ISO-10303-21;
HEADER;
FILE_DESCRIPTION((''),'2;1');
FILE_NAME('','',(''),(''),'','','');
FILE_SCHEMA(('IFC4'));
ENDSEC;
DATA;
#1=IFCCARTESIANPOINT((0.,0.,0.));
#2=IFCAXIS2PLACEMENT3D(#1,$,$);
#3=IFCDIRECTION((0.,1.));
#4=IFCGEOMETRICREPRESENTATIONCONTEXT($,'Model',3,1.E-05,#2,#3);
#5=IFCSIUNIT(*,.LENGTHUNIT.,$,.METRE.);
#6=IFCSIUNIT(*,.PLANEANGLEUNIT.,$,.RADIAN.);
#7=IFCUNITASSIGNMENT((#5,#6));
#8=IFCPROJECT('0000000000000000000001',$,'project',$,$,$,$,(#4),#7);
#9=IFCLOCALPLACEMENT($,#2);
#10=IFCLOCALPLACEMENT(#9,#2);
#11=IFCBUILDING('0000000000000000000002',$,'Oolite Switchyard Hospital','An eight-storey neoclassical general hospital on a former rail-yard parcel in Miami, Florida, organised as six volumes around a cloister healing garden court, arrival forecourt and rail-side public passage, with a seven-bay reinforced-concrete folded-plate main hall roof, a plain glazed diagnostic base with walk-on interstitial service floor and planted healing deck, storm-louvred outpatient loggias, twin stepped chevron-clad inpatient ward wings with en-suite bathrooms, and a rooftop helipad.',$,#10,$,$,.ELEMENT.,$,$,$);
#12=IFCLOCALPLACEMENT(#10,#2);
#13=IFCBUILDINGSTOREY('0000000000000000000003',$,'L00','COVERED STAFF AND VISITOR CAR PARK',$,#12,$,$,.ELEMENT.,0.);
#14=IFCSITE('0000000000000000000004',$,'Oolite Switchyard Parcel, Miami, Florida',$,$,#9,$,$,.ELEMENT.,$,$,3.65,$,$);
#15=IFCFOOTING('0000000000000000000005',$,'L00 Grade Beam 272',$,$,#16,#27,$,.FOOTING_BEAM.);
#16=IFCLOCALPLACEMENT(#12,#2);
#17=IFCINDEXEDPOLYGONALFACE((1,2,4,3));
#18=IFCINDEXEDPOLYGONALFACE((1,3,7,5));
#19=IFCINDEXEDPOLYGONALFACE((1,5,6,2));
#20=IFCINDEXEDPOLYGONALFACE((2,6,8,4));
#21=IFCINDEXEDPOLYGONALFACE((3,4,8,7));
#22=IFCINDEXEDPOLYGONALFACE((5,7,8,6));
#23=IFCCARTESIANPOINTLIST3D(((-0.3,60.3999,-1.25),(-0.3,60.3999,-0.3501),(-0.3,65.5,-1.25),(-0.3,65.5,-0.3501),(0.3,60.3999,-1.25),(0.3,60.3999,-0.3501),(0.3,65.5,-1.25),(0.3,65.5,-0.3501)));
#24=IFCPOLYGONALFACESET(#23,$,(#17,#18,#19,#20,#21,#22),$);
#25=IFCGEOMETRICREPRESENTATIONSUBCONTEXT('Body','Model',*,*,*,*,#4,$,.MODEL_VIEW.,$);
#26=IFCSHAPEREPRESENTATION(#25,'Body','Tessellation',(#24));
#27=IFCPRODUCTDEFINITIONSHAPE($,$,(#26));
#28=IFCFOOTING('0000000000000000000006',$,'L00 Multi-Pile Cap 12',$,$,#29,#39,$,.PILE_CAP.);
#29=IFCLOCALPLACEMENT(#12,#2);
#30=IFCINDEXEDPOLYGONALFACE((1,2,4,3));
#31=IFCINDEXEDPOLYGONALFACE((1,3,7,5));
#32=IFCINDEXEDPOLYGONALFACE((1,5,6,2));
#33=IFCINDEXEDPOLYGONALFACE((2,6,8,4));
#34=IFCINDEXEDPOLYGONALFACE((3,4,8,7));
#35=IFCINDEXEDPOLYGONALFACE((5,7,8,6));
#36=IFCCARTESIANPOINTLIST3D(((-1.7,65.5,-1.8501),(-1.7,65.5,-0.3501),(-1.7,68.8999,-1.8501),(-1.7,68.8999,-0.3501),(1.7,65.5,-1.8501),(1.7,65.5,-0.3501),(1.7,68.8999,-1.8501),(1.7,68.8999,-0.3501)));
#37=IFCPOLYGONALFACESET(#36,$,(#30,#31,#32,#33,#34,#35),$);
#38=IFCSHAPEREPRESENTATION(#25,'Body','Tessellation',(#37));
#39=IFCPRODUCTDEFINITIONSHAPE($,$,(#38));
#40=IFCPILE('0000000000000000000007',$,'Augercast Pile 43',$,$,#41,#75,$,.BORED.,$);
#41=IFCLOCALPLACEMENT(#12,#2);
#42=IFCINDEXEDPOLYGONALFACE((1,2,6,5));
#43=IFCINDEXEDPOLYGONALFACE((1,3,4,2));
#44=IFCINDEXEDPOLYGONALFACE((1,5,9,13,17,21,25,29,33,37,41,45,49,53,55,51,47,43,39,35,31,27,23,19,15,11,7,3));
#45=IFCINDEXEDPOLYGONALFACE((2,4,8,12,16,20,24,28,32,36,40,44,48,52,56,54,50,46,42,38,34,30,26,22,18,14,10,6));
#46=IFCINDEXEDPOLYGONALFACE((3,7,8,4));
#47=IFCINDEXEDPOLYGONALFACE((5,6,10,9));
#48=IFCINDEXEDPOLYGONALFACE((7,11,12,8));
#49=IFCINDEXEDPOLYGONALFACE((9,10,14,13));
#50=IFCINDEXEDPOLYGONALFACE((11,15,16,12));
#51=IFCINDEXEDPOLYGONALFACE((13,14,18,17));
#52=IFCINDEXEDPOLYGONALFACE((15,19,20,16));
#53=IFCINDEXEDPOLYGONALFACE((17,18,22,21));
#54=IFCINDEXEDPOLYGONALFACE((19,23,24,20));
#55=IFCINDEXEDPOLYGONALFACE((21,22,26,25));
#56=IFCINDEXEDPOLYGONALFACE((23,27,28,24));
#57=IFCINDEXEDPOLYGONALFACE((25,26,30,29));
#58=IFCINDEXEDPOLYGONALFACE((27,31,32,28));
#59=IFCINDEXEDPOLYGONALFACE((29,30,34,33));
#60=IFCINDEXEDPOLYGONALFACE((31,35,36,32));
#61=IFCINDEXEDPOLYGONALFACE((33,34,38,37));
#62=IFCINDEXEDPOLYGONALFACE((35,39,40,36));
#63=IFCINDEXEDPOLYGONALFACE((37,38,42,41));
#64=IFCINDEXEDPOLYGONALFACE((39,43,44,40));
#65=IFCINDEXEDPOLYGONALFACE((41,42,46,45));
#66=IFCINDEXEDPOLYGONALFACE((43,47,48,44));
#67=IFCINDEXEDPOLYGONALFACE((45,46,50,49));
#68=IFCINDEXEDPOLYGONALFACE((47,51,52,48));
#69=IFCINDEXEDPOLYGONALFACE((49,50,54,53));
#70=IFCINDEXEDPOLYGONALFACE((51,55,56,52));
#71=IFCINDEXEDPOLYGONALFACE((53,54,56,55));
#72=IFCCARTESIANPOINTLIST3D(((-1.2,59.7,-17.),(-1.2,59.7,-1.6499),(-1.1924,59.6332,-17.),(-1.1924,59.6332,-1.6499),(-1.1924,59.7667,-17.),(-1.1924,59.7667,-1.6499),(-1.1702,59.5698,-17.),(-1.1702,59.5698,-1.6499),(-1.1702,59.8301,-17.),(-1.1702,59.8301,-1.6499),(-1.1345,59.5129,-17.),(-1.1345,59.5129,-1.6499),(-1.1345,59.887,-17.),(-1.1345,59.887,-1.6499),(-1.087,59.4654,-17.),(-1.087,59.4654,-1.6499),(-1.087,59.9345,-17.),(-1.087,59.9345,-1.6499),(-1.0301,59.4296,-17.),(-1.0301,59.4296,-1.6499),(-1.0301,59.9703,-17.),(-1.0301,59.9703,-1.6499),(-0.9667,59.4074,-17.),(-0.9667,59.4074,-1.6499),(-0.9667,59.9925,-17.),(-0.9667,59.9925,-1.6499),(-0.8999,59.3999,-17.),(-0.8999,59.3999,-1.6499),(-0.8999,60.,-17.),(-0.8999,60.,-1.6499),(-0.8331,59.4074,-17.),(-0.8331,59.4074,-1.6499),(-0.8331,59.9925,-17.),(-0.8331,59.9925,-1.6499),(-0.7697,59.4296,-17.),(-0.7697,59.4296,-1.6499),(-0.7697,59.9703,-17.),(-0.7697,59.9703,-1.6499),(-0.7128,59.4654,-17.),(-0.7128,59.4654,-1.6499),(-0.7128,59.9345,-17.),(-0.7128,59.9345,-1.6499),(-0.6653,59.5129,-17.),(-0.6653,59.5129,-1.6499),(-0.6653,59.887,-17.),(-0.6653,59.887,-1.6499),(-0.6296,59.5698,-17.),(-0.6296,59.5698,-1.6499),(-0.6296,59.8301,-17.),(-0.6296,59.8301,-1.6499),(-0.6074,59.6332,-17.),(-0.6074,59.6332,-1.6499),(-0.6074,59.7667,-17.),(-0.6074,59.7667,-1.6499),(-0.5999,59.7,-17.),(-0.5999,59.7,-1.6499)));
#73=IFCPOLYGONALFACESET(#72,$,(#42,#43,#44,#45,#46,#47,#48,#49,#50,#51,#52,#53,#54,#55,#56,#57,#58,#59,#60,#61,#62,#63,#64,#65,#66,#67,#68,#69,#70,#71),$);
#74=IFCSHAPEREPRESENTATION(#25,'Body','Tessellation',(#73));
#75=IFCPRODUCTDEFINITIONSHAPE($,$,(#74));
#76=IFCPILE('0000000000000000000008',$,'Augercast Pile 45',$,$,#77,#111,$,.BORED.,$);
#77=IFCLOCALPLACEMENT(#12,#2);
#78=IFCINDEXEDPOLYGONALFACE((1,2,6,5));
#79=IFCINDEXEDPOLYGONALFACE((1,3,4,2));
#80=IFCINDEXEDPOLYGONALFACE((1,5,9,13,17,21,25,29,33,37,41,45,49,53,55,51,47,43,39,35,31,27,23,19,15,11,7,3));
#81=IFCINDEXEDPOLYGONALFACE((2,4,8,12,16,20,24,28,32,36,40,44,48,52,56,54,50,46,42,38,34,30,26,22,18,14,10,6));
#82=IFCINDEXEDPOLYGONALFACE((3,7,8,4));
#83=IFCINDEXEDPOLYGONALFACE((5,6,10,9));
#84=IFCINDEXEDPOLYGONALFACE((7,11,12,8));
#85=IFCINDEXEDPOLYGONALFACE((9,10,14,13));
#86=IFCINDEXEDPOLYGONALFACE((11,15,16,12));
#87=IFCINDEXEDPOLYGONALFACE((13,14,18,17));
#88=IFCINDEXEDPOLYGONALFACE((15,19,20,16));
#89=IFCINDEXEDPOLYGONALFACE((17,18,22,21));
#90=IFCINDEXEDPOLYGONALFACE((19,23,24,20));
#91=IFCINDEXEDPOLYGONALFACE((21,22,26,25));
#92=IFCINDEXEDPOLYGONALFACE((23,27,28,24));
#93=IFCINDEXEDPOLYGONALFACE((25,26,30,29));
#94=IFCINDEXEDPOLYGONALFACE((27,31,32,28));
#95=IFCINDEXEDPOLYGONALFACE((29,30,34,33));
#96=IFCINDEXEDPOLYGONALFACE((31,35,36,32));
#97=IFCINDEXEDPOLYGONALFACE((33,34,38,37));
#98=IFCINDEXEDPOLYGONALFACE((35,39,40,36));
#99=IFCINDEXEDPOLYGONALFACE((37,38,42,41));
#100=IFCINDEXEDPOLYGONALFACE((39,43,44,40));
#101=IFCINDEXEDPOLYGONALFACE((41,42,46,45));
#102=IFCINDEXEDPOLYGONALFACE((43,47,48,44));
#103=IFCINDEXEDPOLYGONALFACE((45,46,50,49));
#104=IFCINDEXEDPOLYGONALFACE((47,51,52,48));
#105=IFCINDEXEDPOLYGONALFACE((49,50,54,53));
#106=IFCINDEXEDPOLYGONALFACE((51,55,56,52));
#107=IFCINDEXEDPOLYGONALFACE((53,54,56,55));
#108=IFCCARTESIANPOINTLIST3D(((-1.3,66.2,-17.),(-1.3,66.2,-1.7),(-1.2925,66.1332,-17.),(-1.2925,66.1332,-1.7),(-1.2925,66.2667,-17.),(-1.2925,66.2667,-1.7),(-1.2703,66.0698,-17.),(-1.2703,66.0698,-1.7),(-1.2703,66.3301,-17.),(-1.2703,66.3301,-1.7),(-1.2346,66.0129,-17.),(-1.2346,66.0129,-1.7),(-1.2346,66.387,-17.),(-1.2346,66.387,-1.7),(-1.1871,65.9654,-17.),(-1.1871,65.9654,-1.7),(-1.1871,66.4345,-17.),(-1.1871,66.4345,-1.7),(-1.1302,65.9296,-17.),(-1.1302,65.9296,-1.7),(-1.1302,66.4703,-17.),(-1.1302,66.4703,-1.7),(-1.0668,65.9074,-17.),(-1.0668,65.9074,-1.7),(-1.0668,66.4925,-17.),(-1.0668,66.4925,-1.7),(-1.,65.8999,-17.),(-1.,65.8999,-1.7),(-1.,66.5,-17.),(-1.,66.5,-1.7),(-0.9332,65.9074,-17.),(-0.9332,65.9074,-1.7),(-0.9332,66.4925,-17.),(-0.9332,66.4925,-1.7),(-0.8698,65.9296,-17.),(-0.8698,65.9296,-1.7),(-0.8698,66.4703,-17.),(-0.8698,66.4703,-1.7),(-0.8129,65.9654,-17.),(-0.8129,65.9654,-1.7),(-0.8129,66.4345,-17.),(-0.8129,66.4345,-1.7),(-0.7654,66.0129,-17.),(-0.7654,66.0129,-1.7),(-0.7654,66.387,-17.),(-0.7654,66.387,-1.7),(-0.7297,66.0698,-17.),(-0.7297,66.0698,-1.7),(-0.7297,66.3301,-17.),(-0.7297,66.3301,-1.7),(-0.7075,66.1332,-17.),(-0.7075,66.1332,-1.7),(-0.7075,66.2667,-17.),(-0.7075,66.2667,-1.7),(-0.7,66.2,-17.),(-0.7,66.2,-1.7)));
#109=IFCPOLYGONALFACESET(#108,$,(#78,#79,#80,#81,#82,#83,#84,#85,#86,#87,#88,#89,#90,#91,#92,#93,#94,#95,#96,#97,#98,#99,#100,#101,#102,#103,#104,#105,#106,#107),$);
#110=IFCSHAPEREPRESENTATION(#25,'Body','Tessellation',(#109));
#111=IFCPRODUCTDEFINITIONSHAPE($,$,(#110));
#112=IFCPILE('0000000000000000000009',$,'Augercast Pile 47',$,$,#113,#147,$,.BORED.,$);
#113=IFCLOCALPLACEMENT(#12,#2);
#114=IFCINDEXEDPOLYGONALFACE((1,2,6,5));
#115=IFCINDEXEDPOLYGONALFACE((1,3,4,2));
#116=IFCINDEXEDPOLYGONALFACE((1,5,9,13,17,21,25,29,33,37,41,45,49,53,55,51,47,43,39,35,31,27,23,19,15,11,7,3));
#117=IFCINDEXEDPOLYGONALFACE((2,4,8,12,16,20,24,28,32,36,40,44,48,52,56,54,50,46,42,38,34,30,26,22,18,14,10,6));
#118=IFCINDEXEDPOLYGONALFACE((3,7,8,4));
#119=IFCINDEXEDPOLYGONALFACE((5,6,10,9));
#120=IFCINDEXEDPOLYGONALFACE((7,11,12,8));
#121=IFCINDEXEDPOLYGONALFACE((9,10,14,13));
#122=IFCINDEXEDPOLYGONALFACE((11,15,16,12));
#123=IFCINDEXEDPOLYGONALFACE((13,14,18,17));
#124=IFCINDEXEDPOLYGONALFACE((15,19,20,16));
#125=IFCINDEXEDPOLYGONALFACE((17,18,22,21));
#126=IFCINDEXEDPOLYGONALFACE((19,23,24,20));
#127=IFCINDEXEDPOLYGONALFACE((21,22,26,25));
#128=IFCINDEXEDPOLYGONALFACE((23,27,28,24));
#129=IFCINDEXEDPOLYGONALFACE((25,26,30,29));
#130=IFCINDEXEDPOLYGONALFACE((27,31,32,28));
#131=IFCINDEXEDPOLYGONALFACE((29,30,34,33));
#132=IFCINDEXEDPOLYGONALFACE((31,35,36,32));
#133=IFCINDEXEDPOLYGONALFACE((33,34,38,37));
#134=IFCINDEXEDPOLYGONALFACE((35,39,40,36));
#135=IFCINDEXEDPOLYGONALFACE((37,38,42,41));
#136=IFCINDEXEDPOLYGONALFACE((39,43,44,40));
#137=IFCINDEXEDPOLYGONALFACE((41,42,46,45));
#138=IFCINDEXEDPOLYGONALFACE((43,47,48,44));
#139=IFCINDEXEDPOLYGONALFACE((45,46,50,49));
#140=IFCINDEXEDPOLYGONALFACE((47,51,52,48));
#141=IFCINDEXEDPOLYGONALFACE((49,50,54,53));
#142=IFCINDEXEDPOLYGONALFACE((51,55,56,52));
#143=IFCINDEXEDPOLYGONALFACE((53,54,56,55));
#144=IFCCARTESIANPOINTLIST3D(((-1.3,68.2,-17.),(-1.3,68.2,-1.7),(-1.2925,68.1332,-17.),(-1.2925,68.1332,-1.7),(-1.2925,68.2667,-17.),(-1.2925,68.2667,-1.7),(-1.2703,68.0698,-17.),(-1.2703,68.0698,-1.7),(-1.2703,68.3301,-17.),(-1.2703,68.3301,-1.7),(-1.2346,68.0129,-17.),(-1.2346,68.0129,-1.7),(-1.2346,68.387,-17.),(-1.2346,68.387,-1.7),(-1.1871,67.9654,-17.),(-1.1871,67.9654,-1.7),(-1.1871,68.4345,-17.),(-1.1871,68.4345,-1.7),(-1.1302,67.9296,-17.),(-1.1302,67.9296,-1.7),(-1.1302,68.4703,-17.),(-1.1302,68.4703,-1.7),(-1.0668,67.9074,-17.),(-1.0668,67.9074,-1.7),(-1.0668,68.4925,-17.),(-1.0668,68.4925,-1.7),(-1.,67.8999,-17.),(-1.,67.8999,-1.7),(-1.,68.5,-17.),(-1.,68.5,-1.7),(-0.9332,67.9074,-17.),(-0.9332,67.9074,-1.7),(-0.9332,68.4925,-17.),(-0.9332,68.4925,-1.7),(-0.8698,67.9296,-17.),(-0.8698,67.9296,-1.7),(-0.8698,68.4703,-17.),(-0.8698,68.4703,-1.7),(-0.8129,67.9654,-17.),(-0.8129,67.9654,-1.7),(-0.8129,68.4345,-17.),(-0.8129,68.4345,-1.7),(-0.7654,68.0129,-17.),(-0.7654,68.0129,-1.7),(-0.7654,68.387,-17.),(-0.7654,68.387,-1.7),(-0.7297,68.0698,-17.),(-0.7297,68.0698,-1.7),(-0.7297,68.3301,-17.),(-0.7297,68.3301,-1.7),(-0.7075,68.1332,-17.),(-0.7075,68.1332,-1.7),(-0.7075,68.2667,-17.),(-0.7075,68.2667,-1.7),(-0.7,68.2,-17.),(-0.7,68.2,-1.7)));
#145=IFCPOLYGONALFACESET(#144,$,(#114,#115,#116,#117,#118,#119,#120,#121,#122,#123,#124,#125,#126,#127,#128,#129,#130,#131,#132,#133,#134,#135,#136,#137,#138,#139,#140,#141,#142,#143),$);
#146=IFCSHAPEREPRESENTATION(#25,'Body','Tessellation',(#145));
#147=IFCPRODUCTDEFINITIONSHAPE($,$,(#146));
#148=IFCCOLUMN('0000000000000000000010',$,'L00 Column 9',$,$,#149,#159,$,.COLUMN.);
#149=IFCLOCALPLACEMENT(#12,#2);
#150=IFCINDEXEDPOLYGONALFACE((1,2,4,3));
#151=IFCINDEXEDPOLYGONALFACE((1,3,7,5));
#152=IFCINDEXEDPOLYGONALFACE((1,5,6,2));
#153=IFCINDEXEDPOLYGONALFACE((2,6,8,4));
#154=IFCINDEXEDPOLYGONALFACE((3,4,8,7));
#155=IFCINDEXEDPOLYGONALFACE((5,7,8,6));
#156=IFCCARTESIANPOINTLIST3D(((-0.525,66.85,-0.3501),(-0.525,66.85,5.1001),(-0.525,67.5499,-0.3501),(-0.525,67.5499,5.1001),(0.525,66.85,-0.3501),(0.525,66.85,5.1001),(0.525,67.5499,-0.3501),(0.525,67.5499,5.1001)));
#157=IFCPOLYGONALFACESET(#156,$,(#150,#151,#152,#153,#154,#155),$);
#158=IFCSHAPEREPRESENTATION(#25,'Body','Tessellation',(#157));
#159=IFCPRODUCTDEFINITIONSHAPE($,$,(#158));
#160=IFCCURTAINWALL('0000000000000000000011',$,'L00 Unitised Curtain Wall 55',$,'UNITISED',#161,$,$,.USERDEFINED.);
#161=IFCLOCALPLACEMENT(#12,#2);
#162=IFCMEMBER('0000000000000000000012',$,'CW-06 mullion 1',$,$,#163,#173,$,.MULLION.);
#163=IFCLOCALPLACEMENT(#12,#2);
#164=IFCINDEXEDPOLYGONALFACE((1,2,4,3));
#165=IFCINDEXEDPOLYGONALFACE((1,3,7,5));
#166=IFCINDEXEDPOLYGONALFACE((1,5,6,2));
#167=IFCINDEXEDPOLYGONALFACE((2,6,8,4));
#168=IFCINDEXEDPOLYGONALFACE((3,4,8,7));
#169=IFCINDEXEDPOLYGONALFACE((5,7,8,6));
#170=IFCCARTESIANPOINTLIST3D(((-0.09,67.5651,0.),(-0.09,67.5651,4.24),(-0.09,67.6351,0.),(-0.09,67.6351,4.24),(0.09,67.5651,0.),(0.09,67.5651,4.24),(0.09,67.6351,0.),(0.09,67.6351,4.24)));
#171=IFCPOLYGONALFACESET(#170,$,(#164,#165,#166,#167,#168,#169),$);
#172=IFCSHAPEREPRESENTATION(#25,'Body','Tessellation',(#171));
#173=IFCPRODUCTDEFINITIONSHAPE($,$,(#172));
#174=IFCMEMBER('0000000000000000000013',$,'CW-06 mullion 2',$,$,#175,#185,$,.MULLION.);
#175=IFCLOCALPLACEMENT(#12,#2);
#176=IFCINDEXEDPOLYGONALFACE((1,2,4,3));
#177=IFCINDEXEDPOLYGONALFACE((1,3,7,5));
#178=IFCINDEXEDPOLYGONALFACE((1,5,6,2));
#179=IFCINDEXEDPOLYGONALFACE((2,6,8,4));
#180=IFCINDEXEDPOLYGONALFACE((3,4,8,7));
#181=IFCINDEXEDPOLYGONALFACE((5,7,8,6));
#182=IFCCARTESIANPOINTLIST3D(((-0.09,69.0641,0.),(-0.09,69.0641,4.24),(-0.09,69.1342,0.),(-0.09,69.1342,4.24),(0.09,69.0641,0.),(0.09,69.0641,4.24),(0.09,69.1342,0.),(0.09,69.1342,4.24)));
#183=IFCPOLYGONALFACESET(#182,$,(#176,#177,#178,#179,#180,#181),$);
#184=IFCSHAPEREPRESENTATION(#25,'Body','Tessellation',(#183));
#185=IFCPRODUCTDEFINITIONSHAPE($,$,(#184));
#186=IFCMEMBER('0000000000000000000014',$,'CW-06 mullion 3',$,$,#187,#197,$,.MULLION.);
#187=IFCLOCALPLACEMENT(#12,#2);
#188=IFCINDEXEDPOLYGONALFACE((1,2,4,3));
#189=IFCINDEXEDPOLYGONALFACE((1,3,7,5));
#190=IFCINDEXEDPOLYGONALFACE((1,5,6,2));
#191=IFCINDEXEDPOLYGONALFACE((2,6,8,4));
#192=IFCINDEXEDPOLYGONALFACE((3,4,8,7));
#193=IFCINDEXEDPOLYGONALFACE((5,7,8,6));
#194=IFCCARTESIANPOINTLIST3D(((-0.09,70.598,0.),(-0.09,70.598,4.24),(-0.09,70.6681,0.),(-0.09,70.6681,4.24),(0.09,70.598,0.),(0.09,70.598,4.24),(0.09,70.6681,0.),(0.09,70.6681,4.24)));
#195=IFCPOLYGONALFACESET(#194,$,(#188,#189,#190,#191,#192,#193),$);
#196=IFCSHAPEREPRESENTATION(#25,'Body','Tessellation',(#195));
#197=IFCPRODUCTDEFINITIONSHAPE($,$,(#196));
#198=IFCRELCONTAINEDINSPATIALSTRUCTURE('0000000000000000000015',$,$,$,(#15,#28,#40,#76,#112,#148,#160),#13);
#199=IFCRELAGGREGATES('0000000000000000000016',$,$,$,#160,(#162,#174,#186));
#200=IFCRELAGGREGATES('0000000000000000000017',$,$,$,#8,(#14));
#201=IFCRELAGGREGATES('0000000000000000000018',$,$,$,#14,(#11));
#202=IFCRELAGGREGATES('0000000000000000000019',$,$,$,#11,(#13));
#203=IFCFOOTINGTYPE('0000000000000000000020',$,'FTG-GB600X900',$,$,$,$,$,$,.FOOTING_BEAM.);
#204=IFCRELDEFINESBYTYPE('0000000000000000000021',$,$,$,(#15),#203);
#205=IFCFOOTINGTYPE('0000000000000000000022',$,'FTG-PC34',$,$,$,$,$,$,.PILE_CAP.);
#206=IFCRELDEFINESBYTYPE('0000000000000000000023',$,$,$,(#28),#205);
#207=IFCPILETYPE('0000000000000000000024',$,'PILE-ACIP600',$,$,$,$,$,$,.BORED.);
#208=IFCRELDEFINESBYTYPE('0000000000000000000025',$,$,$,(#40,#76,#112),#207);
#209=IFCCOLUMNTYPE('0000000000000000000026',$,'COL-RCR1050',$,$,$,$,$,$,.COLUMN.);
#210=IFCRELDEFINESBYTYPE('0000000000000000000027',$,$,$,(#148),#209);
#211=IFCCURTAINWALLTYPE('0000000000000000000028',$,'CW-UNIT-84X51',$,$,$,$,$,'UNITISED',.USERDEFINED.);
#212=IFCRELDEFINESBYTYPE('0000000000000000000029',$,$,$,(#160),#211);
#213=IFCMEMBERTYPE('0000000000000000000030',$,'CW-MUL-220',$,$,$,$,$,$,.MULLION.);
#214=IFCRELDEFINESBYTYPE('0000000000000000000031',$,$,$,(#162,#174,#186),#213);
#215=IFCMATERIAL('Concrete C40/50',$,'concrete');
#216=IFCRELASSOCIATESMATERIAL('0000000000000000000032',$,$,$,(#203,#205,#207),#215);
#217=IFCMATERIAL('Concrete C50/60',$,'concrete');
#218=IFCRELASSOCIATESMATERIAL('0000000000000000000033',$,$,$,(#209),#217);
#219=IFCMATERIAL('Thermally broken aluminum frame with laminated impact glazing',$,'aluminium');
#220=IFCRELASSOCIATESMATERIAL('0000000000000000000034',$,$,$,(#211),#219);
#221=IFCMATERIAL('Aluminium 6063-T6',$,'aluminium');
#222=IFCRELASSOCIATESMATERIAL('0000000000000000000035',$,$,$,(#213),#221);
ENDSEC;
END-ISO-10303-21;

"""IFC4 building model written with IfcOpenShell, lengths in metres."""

from ifc_helpers import new_model, si_unit, direction, frame, origin, origin_2d, place, context, subcontext, project, spatial, rectangle, circle, extrude, material, material_profile, profile_set, type_object, element, aggregate, save


model = new_model("IFC4")

# Units and contexts
model_context = context("Model", 3, precision=1e-05, world=origin(), true_north=direction((0.0, 1.0)))
body_context = subcontext(model_context, "Body", "Model", "MODEL_VIEW")
ifc_project = project(units=[si_unit("LENGTHUNIT", "METRE"), si_unit("PLANEANGLEUNIT", "RADIAN")], contexts=[model_context])

# Site, building, storey
site_placement = place(None, origin())
site = spatial("IfcSite", under=ifc_project, at=site_placement, Name="Oolite Switchyard Parcel, Miami, Florida", CompositionType="ELEMENT", RefElevation=3.65)
building_placement = place(site_placement, origin())
building = spatial("IfcBuilding", under=site, at=building_placement, Name="Oolite Switchyard Hospital", Description="An eight-storey neoclassical general hospital on a former rail-yard parcel in Miami, Florida, organised as six volumes around a cloister healing garden court, arrival forecourt and rail-side public passage, with a seven-bay reinforced-concrete folded-plate main hall roof, a plain glazed diagnostic base with walk-on interstitial service floor and planted healing deck, storm-louvred outpatient loggias, twin stepped chevron-clad inpatient ward wings with en-suite bathrooms, and a rooftop helipad.", CompositionType="ELEMENT")
storey_placement = place(building_placement, origin())
storey = spatial("IfcBuildingStorey", under=building, at=storey_placement, Name="L00", Description="COVERED STAFF AND VISITOR CAR PARK", CompositionType="ELEMENT", Elevation=0.0)

# Footings
ifc_material_1 = material(Name="Concrete C40/50", Category="concrete")
footing_type_1 = type_object("IfcFootingType", Name="FTG-GB600X900", PredefinedType="FOOTING_BEAM", material=ifc_material_1)
footing_1_placement = place(storey_placement, frame((0.0, 62.95, -1.25), z_axis=(0.0, 0.0, 1.0), x_axis=(0.0, 1.0, 0.0)))
element("IfcFooting", 1, at=footing_1_placement, inside=storey, type_object=footing_type_1, Name="L00 Grade Beam 272", PredefinedType="FOOTING_BEAM", context=body_context, shape_type="SweptSolid", body=[
    extrude(rectangle(XDim=5.1001, YDim=0.6001, at=origin_2d()), origin(), (0.0, 0.0, 1.0), 0.8999),
])
footing_type_2 = type_object("IfcFootingType", Name="FTG-PC34", PredefinedType="PILE_CAP", material=ifc_material_1)
footing_2_placement = place(storey_placement, frame((0.0, 67.2, -1.8501), z_axis=(0.0, 0.0, 1.0), x_axis=(1.0, 0.0, 0.0)))
element("IfcFooting", 2, at=footing_2_placement, inside=storey, type_object=footing_type_2, Name="L00 Multi-Pile Cap 12", PredefinedType="PILE_CAP", context=body_context, shape_type="SweptSolid", body=[
    extrude(rectangle(XDim=3.3999, YDim=3.3999, at=origin_2d()), origin(), (0.0, 0.0, 1.0), 1.5),
])

# Piles
ifc_material_profile_1 = material_profile(ifc_material_1, circle(Radius=0.3, at=origin_2d()), Name="PILE600")
ifc_profile_set_1 = profile_set([ifc_material_profile_1], Name="Concrete C40/50")
pile_type = type_object("IfcPileType", Name="PILE-ACIP600", PredefinedType="BORED", material=ifc_profile_set_1)
pile_placement = place(storey_placement, frame((-0.8999, 59.7, -1.6499), z_axis=(0.0, 0.0, -1.0), x_axis=(1.0, 0.0, 0.0)))
element("IfcPile", 3, at=pile_placement, inside=storey, type_object=pile_type, Name="Augercast Pile 43", PredefinedType="BORED", context=body_context, shape_type="SweptSolid", body=[
    extrude(circle(Radius=0.3, at=origin_2d()), origin(), (0.0, 0.0, 1.0), 15.3501),
])
for number, where, z_axis, x_axis, name in (
    (4, (-1.0, 66.2, -1.7), (0.0, 0.0, -1.0), (1.0, 0.0, 0.0), "Augercast Pile 45"),
    (5, (-1.0, 68.2, -1.7), (0.0, 0.0, -1.0), (1.0, 0.0, 0.0), "Augercast Pile 47"),
):
    element("IfcPile", number, at=place(storey_placement, frame(where, z_axis=z_axis, x_axis=x_axis)), inside=storey, type_object=pile_type, Name=name, PredefinedType="BORED", context=body_context, shape_type="SweptSolid", body=[
        extrude(circle(Radius=0.3, at=origin_2d()), origin(), (0.0, 0.0, 1.0), 15.3),
    ])

# Column
ifc_material_2 = material(Name="Concrete C50/60", Category="concrete")
ifc_material_profile_2 = material_profile(ifc_material_2, rectangle(XDim=1.05, YDim=0.7, at=origin_2d()), Name="RC1050X700")
ifc_profile_set_2 = profile_set([ifc_material_profile_2], Name="Concrete C50/60")
column_type = type_object("IfcColumnType", Name="COL-RCR1050", PredefinedType="COLUMN", material=ifc_profile_set_2)
column_placement = place(storey_placement, frame((0.0, 67.2, -0.3501), z_axis=(0.0, 0.0, 1.0), x_axis=(1.0, 0.0, 0.0)))
element("IfcColumn", 6, at=column_placement, inside=storey, type_object=column_type, Name="L00 Column 9", PredefinedType="COLUMN", context=body_context, shape_type="SweptSolid", body=[
    extrude(rectangle(XDim=1.05, YDim=0.7, at=origin_2d()), origin(), (0.0, 0.0, 1.0), 5.4502),
])

# Curtain wall, members
ifc_material_3 = material(Name="Thermally broken aluminum frame with laminated impact glazing", Category="aluminium")
curtain_wall_type = type_object("IfcCurtainWallType", Name="CW-UNIT-84X51", ElementType="UNITISED", PredefinedType="USERDEFINED", material=ifc_material_3)
curtain_wall_placement = place(storey_placement, origin())
curtain_wall = element("IfcCurtainWall", 7, at=curtain_wall_placement, inside=storey, type_object=curtain_wall_type, Name="L00 Unitised Curtain Wall 55", ObjectType="UNITISED", PredefinedType="USERDEFINED")
ifc_material_4 = material(Name="Aluminium 6063-T6", Category="aluminium")
ifc_material_profile_3 = material_profile(ifc_material_4, rectangle(XDim=0.1799, YDim=0.0701, at=origin_2d()), Name="CWM70X180")
ifc_profile_set_3 = profile_set([ifc_material_profile_3], Name="Aluminium 6063-T6")
member_type_1 = type_object("IfcMemberType", Name="CW-MUL-220", PredefinedType="MULLION", material=ifc_profile_set_3)
member_1_placement = place(storey_placement, frame((0.0, 67.6001, 0.0), z_axis=(0.0, 0.0, 1.0), x_axis=(-1.0, 0.0, 0.0)))
member_1 = element("IfcMember", 8, at=member_1_placement, type_object=member_type_1, Name="CW-06 mullion 1", PredefinedType="MULLION", context=body_context, shape_type="SweptSolid", body=[
    extrude(rectangle(XDim=0.1799, YDim=0.0701, at=origin_2d()), origin(), (0.0, 0.0, 1.0), 4.24),
])
member_2_placement = place(storey_placement, frame((0.0, 69.0991, 0.0), z_axis=(0.0, 0.0, 1.0), x_axis=(-1.0, 0.0, 0.0)))
member_2 = element("IfcMember", 9, at=member_2_placement, type_object=member_type_1, Name="CW-06 mullion 2", PredefinedType="MULLION", context=body_context, shape_type="SweptSolid", body=[
    extrude(rectangle(XDim=0.1799, YDim=0.0701, at=origin_2d()), origin(), (0.0, 0.0, 1.0), 4.24),
])
member_3_placement = place(storey_placement, frame((0.0, 70.6331, 0.0), z_axis=(0.0, 0.0, 1.0), x_axis=(-1.0, 0.0, 0.0)))
member_3 = element("IfcMember", 10, at=member_3_placement, type_object=member_type_1, Name="CW-06 mullion 3", PredefinedType="MULLION", context=body_context, shape_type="SweptSolid", body=[
    extrude(rectangle(XDim=0.1799, YDim=0.0701, at=origin_2d()), origin(), (0.0, 0.0, 1.0), 4.24),
])
aggregate(curtain_wall, [member_1, member_2, member_3])

save(model, "model.ifc")
